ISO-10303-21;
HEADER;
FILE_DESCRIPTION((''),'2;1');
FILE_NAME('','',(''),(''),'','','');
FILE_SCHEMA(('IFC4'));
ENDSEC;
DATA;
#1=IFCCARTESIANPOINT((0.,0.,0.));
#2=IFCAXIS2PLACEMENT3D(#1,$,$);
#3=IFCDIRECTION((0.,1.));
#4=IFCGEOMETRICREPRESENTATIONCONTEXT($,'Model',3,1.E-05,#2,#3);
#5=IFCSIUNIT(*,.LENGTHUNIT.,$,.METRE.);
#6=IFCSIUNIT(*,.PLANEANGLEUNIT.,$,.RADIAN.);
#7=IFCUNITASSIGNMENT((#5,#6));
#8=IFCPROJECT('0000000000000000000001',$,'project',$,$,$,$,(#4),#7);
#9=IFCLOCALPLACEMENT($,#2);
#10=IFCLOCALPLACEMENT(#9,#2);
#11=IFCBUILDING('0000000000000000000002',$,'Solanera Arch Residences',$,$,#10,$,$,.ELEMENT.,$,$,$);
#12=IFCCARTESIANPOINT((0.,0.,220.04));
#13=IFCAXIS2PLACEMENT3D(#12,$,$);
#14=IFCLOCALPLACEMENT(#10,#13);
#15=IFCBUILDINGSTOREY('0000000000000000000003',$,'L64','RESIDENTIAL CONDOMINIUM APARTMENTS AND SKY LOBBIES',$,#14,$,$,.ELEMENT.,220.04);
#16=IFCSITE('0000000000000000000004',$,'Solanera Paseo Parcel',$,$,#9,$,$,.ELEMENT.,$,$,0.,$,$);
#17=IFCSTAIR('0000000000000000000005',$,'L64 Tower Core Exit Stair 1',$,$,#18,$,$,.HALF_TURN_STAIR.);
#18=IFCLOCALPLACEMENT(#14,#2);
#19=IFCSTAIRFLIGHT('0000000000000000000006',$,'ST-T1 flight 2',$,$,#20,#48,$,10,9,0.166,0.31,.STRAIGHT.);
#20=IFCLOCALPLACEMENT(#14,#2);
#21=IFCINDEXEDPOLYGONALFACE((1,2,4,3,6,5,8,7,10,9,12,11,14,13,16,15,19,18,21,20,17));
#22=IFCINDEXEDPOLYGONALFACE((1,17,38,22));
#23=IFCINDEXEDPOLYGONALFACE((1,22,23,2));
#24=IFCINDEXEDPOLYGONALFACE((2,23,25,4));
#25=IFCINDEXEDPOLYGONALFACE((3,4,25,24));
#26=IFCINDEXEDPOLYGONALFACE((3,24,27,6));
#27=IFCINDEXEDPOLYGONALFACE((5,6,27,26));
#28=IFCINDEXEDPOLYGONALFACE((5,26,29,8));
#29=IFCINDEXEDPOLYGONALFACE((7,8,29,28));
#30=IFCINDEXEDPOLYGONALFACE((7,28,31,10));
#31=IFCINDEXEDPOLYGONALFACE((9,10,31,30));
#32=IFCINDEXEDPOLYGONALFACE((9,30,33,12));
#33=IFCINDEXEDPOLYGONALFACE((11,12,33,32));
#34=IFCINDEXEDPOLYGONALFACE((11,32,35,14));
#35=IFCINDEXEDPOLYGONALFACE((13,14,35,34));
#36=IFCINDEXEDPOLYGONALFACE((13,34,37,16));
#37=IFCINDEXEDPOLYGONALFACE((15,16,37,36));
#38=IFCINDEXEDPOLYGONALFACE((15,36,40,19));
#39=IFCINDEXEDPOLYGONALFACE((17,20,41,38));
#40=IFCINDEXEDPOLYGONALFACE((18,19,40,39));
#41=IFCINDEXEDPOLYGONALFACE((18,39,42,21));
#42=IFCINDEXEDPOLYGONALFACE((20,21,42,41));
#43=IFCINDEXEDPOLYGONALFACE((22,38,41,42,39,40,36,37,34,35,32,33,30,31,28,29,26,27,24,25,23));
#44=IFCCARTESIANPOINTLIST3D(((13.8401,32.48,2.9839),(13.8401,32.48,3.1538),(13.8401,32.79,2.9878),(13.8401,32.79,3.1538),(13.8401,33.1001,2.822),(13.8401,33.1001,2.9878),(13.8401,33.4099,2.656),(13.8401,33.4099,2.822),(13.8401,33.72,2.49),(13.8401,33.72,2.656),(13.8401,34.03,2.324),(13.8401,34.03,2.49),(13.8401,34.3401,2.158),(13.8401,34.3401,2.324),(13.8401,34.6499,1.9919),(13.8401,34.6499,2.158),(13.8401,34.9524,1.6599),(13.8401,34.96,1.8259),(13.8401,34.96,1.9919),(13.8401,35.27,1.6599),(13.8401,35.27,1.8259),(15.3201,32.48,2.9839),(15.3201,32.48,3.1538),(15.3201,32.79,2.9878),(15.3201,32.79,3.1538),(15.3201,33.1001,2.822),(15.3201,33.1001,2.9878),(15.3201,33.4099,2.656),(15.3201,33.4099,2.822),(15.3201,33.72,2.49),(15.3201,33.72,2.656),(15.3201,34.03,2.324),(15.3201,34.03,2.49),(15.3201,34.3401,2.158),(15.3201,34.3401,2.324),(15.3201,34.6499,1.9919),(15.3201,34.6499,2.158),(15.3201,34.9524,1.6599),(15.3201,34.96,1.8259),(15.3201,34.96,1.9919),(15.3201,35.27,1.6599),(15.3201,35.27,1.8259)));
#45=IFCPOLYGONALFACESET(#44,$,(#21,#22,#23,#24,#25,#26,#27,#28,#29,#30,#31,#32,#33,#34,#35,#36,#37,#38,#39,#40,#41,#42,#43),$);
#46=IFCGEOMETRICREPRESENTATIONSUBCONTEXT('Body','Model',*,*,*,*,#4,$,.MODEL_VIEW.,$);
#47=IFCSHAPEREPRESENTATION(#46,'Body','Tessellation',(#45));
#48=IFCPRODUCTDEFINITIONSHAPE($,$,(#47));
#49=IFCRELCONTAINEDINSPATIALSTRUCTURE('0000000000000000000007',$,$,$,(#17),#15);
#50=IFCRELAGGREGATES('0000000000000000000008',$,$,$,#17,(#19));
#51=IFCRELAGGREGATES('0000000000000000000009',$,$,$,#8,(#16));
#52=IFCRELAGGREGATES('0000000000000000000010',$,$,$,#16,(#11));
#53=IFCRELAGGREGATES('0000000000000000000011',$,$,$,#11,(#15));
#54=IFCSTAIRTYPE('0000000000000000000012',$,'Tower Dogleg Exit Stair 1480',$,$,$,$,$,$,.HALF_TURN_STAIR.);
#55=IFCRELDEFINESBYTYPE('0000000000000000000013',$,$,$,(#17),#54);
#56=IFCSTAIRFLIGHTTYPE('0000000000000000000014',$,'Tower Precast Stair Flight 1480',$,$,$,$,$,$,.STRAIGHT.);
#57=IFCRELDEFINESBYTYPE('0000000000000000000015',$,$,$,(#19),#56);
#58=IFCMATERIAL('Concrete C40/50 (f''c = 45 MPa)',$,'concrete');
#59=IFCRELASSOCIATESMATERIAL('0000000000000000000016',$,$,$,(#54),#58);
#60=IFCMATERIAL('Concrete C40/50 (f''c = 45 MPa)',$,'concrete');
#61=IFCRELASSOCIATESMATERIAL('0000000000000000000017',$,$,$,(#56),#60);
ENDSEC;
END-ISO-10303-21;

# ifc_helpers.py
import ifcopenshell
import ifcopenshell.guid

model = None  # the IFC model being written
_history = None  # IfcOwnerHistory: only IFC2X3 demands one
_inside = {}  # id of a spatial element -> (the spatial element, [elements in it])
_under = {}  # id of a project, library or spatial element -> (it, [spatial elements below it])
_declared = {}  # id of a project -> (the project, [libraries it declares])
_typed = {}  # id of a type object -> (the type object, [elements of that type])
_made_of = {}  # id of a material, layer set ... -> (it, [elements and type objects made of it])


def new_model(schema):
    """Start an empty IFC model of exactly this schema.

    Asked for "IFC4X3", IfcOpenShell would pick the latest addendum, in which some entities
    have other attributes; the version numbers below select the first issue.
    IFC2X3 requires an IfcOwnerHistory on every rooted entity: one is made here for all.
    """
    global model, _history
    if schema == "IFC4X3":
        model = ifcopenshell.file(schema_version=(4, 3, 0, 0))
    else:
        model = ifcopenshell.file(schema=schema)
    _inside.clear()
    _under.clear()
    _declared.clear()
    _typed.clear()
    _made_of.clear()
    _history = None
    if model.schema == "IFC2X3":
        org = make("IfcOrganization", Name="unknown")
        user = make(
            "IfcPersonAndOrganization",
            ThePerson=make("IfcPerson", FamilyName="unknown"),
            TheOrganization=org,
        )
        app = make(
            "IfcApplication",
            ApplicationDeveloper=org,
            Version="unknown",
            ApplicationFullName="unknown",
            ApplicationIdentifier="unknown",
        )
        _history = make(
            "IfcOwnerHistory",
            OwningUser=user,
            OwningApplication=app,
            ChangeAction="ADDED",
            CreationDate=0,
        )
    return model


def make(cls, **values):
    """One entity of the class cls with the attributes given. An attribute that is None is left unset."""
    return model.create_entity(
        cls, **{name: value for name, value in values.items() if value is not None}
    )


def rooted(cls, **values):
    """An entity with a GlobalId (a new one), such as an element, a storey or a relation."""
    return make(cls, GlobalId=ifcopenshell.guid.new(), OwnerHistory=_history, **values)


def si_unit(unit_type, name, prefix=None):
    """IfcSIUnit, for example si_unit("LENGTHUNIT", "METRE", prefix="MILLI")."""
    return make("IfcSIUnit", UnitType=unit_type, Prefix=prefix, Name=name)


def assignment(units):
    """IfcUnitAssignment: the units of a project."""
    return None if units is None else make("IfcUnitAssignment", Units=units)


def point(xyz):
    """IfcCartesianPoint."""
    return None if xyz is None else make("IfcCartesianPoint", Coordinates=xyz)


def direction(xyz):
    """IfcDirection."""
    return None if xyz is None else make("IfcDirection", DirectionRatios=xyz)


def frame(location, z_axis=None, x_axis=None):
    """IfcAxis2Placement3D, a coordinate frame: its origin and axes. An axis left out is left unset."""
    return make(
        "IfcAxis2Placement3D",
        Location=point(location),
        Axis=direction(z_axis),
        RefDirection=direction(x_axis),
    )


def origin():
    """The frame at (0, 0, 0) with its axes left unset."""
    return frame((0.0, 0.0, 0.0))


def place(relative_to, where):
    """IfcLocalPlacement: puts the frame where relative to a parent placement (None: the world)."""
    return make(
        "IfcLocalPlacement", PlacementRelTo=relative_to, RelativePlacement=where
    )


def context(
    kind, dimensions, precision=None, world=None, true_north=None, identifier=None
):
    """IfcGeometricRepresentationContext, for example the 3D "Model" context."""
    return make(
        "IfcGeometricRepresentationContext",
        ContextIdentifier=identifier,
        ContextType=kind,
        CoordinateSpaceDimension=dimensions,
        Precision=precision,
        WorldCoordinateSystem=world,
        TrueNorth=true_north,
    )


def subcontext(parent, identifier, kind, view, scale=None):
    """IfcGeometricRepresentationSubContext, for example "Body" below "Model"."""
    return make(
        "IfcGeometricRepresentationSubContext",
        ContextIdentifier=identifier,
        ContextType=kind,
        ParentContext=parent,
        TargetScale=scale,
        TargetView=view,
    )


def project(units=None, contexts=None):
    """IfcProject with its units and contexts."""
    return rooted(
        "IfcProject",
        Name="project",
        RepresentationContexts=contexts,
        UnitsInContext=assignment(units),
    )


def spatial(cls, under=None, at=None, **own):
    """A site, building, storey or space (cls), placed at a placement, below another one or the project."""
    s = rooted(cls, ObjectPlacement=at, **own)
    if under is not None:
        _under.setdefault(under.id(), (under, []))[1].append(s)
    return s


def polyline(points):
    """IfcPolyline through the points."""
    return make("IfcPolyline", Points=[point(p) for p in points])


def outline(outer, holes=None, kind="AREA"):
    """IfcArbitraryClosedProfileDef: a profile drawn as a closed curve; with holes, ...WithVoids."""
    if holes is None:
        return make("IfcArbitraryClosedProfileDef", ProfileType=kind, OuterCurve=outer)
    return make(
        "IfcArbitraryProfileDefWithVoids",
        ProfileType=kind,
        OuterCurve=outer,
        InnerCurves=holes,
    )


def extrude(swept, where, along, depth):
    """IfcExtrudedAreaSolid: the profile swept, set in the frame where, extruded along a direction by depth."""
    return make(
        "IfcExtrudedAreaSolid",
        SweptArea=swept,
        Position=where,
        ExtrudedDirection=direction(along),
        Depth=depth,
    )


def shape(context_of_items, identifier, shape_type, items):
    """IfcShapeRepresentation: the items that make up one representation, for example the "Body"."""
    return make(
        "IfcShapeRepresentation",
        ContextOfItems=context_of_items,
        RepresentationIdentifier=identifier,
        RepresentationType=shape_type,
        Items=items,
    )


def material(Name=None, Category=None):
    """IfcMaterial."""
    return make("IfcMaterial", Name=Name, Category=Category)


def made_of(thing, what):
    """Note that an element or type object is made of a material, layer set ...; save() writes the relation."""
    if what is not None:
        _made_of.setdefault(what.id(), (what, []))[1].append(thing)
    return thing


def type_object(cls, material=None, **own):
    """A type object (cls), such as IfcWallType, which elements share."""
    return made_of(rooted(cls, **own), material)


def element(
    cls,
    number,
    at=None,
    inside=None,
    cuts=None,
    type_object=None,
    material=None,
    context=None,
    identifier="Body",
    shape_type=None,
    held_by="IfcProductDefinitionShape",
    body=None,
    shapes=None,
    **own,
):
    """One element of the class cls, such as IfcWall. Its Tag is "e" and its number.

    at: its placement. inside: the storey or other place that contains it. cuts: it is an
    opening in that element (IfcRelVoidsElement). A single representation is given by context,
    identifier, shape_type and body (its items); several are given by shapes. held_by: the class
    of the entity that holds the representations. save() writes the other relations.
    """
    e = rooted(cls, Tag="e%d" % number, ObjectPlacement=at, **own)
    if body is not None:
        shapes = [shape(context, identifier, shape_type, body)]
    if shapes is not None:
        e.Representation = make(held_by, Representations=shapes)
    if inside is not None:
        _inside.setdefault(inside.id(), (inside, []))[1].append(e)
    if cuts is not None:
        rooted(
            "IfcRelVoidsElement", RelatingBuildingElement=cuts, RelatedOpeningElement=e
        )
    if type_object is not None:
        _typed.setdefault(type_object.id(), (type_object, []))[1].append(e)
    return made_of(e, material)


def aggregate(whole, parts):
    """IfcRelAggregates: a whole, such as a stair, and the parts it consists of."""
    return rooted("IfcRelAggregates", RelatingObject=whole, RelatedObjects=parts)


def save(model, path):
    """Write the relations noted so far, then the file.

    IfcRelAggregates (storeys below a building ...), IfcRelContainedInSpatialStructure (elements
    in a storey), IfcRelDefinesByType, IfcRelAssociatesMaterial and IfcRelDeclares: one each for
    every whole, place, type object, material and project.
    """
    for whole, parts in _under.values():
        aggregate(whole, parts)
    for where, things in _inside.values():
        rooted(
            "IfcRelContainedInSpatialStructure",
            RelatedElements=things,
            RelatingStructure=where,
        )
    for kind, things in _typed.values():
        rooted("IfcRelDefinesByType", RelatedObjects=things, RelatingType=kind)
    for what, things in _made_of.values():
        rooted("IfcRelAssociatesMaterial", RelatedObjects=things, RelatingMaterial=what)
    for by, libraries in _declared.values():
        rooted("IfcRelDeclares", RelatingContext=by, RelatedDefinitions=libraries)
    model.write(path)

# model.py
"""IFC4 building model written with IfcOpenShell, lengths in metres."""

from ifc_helpers import new_model, si_unit, direction, frame, origin, place, context, subcontext, project, spatial, polyline, outline, extrude, material, type_object, element, aggregate, save


model = new_model("IFC4")

# Units and contexts
model_context = context("Model", 3, precision=1e-05, world=origin(), true_north=direction((0.0, 1.0)))
body_context = subcontext(model_context, "Body", "Model", "MODEL_VIEW")
ifc_project = project(units=[si_unit("LENGTHUNIT", "METRE"), si_unit("PLANEANGLEUNIT", "RADIAN")], contexts=[model_context])

# Site, building, storey
site_placement = place(None, origin())
site = spatial("IfcSite", under=ifc_project, at=site_placement, Name="Solanera Paseo Parcel", CompositionType="ELEMENT", RefElevation=0.0)
building_placement = place(site_placement, origin())
building = spatial("IfcBuilding", under=site, at=building_placement, Name="Solanera Arch Residences", CompositionType="ELEMENT")
storey_placement = place(building_placement, frame((0.0, 0.0, 220.04)))
storey = spatial("IfcBuildingStorey", under=building, at=storey_placement, Name="L64", Description="RESIDENTIAL CONDOMINIUM APARTMENTS AND SKY LOBBIES", CompositionType="ELEMENT", Elevation=220.04)

# Stair, stair flight
ifc_material_1 = material(Name="Concrete C40/50 (f'c = 45 MPa)", Category="concrete")
stair_type = type_object("IfcStairType", Name="Tower Dogleg Exit Stair 1480", PredefinedType="HALF_TURN_STAIR", material=ifc_material_1)
stair_placement = place(storey_placement, origin())
stair = element("IfcStair", 1, at=stair_placement, inside=storey, type_object=stair_type, Name="L64 Tower Core Exit Stair 1", PredefinedType="HALF_TURN_STAIR")
ifc_material_2 = material(Name="Concrete C40/50 (f'c = 45 MPa)", Category="concrete")
stair_flight_type = type_object("IfcStairFlightType", Name="Tower Precast Stair Flight 1480", PredefinedType="STRAIGHT", material=ifc_material_2)
stair_flight_placement = place(storey_placement, frame((14.5801, 35.27, 1.6599), z_axis=(0.0, 0.0, 1.0), x_axis=(0.0, -1.0, 0.0)))
stair_flight = element("IfcStairFlight", 2, at=stair_flight_placement, type_object=stair_flight_type, Name="ST-T1 flight 2", NumberOfRisers=10, NumberOfTreads=9, PredefinedType="STRAIGHT", RiserHeight=0.166, TreadLength=0.31, context=body_context, shape_type="SweptSolid", body=[
    extrude(outline(polyline([(0.0, 0.0), (0.0, 0.166), (0.3101, 0.166), (0.3101, 0.332), (0.6201, 0.332), (0.6201, 0.498), (0.9299, 0.498), (0.9299, 0.6641), (1.24, 0.6641), (1.24, 0.8301), (1.55, 0.8301), (1.55, 0.9961), (1.8601, 0.9961), (1.8601, 1.1621), (2.1699, 1.1621), (2.1699, 1.3279), (2.48, 1.3279), (2.48, 1.4939), (2.79, 1.4939), (2.79, 1.6599), (2.79, 1.324), (0.3176, 0.0), (0.0, 0.0)])), frame((0.0, 0.74, 0.0), z_axis=(0.0, -1.0, 0.0), x_axis=(1.0, 0.0, 0.0)), (0.0, 0.0, 1.0), 1.48),
])
aggregate(stair, [stair_flight])

save(model, "model.ifc")
